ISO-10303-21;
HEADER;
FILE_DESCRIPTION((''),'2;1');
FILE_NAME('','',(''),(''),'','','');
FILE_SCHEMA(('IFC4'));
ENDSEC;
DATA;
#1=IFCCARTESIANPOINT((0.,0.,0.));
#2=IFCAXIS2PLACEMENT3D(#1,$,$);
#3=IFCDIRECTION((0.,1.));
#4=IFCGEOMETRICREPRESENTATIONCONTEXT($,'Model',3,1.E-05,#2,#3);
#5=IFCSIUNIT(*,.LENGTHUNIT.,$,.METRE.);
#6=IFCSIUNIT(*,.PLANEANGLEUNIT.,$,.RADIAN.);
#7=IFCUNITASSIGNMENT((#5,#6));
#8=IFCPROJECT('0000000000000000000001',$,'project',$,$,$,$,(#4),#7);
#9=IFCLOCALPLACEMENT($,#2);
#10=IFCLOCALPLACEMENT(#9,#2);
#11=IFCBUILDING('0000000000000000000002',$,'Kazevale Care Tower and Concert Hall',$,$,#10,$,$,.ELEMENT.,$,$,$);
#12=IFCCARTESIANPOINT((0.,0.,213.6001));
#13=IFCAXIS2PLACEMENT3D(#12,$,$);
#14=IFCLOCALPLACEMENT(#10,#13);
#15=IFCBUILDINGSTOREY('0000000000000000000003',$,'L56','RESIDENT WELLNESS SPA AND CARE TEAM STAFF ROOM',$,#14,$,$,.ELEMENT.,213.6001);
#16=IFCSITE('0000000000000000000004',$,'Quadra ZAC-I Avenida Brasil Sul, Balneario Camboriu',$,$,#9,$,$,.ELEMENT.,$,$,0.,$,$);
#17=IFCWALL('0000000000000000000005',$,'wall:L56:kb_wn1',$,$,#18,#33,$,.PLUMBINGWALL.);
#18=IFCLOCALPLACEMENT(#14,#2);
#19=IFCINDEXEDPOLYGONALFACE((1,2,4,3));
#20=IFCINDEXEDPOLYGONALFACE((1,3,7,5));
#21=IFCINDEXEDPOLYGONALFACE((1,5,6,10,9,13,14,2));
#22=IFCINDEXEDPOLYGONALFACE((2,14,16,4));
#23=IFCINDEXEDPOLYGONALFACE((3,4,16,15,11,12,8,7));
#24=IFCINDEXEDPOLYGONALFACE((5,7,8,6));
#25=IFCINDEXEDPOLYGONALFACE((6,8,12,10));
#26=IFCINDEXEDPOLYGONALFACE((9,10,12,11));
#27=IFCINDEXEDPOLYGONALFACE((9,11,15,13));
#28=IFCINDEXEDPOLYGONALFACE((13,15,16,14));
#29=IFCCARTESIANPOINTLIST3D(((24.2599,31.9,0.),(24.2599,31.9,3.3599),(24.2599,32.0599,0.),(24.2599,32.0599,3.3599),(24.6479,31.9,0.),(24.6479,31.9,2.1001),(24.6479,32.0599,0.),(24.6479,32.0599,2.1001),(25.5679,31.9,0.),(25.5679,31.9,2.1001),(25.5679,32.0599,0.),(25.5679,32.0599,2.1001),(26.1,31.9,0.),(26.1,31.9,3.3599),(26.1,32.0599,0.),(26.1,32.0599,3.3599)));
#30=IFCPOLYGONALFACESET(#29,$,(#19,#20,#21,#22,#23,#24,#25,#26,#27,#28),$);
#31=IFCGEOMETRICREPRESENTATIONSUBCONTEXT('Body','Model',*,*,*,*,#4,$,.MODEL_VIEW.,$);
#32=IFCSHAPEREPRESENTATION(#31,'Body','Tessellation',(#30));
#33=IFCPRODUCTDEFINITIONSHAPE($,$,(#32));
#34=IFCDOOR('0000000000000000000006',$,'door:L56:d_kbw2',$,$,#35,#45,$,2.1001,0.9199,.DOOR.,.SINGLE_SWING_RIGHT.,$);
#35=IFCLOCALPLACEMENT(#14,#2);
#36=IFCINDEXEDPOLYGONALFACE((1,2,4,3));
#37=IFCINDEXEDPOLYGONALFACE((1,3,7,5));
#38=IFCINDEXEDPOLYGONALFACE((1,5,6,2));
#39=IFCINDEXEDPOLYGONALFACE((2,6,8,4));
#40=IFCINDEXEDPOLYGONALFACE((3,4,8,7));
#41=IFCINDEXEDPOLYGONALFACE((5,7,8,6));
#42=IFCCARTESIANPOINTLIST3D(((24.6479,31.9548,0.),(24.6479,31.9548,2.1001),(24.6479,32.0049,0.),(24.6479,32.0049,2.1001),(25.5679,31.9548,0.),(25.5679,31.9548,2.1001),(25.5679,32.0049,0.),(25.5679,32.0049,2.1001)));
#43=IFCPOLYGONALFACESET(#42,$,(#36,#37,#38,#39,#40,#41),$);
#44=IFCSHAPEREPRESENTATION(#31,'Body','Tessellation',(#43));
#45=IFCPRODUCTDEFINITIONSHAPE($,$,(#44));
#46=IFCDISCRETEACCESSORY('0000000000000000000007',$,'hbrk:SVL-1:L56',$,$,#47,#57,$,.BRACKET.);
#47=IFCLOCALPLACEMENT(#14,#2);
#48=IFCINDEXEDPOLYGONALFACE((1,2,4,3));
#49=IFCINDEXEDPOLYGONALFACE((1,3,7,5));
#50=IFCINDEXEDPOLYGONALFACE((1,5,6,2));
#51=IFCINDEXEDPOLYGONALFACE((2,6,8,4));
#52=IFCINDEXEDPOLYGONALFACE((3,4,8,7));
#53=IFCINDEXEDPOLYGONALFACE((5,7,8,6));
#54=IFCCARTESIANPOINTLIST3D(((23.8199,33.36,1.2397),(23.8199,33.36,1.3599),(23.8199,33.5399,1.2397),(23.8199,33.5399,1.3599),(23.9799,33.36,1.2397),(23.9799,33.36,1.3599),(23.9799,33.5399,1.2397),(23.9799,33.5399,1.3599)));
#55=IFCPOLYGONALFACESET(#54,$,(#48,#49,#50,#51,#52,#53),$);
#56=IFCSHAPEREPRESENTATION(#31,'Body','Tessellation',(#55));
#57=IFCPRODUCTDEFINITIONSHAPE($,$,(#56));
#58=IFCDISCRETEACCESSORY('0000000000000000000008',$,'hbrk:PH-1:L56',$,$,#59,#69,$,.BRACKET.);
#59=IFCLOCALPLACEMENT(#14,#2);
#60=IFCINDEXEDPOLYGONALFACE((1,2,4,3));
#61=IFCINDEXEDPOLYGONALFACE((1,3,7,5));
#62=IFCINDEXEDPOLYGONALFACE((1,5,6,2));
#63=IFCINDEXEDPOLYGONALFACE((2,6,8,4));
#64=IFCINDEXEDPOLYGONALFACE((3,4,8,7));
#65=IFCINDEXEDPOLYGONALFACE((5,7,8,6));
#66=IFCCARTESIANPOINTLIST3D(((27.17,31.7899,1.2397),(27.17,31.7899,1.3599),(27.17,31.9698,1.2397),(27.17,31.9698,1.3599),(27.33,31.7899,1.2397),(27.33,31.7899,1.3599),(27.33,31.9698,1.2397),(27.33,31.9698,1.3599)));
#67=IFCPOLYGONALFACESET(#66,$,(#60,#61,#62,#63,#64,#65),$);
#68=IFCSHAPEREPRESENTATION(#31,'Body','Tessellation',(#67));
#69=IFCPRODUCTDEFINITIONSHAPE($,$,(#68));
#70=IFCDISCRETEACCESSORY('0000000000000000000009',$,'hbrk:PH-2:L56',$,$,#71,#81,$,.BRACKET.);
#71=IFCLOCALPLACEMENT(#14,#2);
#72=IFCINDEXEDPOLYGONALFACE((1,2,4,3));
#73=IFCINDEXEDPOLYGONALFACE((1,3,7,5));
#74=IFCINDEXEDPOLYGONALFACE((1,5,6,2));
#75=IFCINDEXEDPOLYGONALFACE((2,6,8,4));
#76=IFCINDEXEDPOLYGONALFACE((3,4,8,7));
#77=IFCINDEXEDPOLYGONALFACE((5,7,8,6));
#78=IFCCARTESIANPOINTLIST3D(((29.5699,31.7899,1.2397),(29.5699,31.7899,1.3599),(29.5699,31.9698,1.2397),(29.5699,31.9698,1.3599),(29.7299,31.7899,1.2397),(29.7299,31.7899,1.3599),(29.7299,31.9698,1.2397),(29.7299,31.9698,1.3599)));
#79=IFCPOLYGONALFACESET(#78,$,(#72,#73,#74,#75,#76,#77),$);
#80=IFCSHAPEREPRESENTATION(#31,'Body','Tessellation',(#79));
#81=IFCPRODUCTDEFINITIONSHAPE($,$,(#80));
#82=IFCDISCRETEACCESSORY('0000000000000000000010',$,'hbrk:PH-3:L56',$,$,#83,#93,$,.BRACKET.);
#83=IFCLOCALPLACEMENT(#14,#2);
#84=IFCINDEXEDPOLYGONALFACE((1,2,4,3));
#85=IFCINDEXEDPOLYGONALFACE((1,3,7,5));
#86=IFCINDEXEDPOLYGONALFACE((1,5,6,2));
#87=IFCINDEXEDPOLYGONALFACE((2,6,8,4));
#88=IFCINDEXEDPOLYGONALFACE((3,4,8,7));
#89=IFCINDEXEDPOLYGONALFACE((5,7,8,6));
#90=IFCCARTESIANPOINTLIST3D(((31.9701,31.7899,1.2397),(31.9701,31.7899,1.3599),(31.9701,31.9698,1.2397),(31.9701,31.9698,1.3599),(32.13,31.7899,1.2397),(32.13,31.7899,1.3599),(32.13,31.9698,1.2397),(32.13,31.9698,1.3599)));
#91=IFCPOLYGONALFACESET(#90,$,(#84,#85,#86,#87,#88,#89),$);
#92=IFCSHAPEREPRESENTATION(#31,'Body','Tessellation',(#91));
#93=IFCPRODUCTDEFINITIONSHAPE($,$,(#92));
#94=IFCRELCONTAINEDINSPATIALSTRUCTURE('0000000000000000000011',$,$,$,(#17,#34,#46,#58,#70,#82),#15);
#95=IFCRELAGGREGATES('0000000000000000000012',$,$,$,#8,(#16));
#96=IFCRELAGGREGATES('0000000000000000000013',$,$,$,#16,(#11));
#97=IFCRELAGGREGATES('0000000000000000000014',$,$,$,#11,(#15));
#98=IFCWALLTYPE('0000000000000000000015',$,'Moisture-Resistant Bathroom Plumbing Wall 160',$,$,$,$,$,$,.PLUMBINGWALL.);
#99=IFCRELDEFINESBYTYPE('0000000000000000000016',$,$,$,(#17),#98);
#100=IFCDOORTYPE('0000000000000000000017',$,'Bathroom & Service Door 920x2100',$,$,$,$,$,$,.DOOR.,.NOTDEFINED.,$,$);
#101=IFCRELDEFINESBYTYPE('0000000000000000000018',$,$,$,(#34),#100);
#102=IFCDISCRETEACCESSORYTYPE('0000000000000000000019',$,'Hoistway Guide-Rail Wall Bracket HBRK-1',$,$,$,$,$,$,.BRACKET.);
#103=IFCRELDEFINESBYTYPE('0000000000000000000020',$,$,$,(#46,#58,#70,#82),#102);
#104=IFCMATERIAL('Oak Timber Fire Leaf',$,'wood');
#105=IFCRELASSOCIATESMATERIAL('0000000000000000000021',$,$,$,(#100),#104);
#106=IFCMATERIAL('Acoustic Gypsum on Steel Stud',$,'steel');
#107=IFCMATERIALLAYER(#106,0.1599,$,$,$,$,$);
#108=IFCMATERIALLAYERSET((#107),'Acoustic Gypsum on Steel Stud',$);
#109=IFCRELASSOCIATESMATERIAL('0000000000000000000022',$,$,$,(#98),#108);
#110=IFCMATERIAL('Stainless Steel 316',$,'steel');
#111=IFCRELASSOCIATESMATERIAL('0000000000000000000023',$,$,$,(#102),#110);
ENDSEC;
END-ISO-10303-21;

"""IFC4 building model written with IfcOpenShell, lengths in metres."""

from ifc_helpers import new_model, si_unit, direction, frame, frame_2d, origin, origin_2d, place, context, subcontext, project, spatial, rectangle, extrude, material, layer, layer_set, type_object, element, fill, save


model = new_model("IFC4")

# Units and contexts
model_context = context("Model", 3, precision=1e-05, world=origin(), true_north=direction((0.0, 1.0)))
body_context = subcontext(model_context, "Body", "Model", "MODEL_VIEW")
ifc_project = project(units=[si_unit("LENGTHUNIT", "METRE"), si_unit("PLANEANGLEUNIT", "RADIAN")], contexts=[model_context])

# Site, building, storey
site_placement = place(None, origin())
site = spatial("IfcSite", under=ifc_project, at=site_placement, Name="Quadra ZAC-I Avenida Brasil Sul, Balneario Camboriu", CompositionType="ELEMENT", RefElevation=0.0)
building_placement = place(site_placement, origin())
building = spatial("IfcBuilding", under=site, at=building_placement, Name="Kazevale Care Tower and Concert Hall", CompositionType="ELEMENT")
storey_placement = place(building_placement, frame((0.0, 0.0, 213.6001)))
storey = spatial("IfcBuildingStorey", under=building, at=storey_placement, Name="L56", Description="RESIDENT WELLNESS SPA AND CARE TEAM STAFF ROOM", CompositionType="ELEMENT", Elevation=213.6001)

# Shared definitions
ifc_material_1 = material(Name="Acoustic Gypsum on Steel Stud", Category="steel")
ifc_material_2 = material(Name="Oak Timber Fire Leaf", Category="wood")
door_type_1 = type_object("IfcDoorType", Name="Bathroom & Service Door 920x2100", OperationType="NOTDEFINED", PredefinedType="DOOR", material=ifc_material_2)

# Shared definitions
ifc_material_3 = material(Name="Stainless Steel 316", Category="steel")

# Wall, opening, door
ifc_layer_1 = layer(ifc_material_1, 0.1599)
ifc_layer_set_1 = layer_set([ifc_layer_1], Name="Acoustic Gypsum on Steel Stud")
wall_type_1 = type_object("IfcWallType", Name="Moisture-Resistant Bathroom Plumbing Wall 160", PredefinedType="PLUMBINGWALL", material=ifc_layer_set_1)
wall_1_placement = place(storey_placement, frame((24.26, 31.98, 0.0), z_axis=(0.0, 0.0, 1.0), x_axis=(1.0, 0.0, 0.0)))
wall_1 = element("IfcWall", 1, at=wall_1_placement, inside=storey, type_object=wall_type_1, Name="wall:L56:kb_wn1", PredefinedType="PLUMBINGWALL", context=body_context, shape_type="SweptSolid", body=[
    extrude(rectangle(XDim=1.8401, YDim=0.1599, at=frame_2d((0.9199, 0.0))), origin(), (0.0, 0.0, 1.0), 3.3599),
])
opening_1_placement = place(wall_1_placement, frame((0.3879, 0.0, 0.0)))
opening_1 = element("IfcOpeningElement", 2, at=opening_1_placement, cuts=wall_1, PredefinedType="OPENING", context=body_context, shape_type="SweptSolid", body=[
    extrude(rectangle(XDim=0.9199, YDim=2.1001, at=frame_2d((0.46, 1.05))), frame((0.0, 0.0898, 0.0), z_axis=(0.0, -1.0, 0.0), x_axis=(1.0, 0.0, 0.0)), (0.0, 0.0, 1.0), 0.1799),
])
door_1_placement = place(opening_1_placement, origin())
door_1 = element("IfcDoor", 3, at=door_1_placement, inside=storey, type_object=door_type_1, Name="door:L56:d_kbw2", OperationType="SINGLE_SWING_RIGHT", OverallHeight=2.1001, OverallWidth=0.9199, PredefinedType="DOOR", context=body_context, shape_type="SweptSolid", body=[
    extrude(rectangle(XDim=0.9199, YDim=2.1001, at=frame_2d((0.46, 1.05))), frame((0.0, 0.0249, 0.0), z_axis=(0.0, -1.0, 0.0), x_axis=(1.0, 0.0, 0.0)), (0.0, 0.0, 1.0), 0.05),
])
fill(opening_1, door_1)

# Discrete accessories
discrete_accessory_type = type_object("IfcDiscreteAccessoryType", Name="Hoistway Guide-Rail Wall Bracket HBRK-1", PredefinedType="BRACKET", material=ifc_material_3)
for number, where, z_axis, x_axis, name in (
    (4, (23.8999, 33.45, 1.2397), (0.0, 0.0, 1.0), (1.0, 0.0, 0.0), "hbrk:SVL-1:L56"),
    (5, (27.25, 31.8799, 1.2397), (0.0, 0.0, 1.0), (1.0, 0.0, 0.0), "hbrk:PH-1:L56"),
    (6, (29.6499, 31.8799, 1.2397), (0.0, 0.0, 1.0), (1.0, 0.0, 0.0), "hbrk:PH-2:L56"),
    (7, (32.05, 31.8799, 1.2397), (0.0, 0.0, 1.0), (1.0, 0.0, 0.0), "hbrk:PH-3:L56"),
):
    element("IfcDiscreteAccessory", number, at=place(storey_placement, frame(where, z_axis=z_axis, x_axis=x_axis)), inside=storey, type_object=discrete_accessory_type, Name=name, PredefinedType="BRACKET", context=body_context, shape_type="SweptSolid", body=[
        extrude(rectangle(XDim=0.1599, YDim=0.1799, at=origin_2d()), origin(), (0.0, 0.0, 1.0), 0.1201),
    ])

save(model, "model.ifc")
